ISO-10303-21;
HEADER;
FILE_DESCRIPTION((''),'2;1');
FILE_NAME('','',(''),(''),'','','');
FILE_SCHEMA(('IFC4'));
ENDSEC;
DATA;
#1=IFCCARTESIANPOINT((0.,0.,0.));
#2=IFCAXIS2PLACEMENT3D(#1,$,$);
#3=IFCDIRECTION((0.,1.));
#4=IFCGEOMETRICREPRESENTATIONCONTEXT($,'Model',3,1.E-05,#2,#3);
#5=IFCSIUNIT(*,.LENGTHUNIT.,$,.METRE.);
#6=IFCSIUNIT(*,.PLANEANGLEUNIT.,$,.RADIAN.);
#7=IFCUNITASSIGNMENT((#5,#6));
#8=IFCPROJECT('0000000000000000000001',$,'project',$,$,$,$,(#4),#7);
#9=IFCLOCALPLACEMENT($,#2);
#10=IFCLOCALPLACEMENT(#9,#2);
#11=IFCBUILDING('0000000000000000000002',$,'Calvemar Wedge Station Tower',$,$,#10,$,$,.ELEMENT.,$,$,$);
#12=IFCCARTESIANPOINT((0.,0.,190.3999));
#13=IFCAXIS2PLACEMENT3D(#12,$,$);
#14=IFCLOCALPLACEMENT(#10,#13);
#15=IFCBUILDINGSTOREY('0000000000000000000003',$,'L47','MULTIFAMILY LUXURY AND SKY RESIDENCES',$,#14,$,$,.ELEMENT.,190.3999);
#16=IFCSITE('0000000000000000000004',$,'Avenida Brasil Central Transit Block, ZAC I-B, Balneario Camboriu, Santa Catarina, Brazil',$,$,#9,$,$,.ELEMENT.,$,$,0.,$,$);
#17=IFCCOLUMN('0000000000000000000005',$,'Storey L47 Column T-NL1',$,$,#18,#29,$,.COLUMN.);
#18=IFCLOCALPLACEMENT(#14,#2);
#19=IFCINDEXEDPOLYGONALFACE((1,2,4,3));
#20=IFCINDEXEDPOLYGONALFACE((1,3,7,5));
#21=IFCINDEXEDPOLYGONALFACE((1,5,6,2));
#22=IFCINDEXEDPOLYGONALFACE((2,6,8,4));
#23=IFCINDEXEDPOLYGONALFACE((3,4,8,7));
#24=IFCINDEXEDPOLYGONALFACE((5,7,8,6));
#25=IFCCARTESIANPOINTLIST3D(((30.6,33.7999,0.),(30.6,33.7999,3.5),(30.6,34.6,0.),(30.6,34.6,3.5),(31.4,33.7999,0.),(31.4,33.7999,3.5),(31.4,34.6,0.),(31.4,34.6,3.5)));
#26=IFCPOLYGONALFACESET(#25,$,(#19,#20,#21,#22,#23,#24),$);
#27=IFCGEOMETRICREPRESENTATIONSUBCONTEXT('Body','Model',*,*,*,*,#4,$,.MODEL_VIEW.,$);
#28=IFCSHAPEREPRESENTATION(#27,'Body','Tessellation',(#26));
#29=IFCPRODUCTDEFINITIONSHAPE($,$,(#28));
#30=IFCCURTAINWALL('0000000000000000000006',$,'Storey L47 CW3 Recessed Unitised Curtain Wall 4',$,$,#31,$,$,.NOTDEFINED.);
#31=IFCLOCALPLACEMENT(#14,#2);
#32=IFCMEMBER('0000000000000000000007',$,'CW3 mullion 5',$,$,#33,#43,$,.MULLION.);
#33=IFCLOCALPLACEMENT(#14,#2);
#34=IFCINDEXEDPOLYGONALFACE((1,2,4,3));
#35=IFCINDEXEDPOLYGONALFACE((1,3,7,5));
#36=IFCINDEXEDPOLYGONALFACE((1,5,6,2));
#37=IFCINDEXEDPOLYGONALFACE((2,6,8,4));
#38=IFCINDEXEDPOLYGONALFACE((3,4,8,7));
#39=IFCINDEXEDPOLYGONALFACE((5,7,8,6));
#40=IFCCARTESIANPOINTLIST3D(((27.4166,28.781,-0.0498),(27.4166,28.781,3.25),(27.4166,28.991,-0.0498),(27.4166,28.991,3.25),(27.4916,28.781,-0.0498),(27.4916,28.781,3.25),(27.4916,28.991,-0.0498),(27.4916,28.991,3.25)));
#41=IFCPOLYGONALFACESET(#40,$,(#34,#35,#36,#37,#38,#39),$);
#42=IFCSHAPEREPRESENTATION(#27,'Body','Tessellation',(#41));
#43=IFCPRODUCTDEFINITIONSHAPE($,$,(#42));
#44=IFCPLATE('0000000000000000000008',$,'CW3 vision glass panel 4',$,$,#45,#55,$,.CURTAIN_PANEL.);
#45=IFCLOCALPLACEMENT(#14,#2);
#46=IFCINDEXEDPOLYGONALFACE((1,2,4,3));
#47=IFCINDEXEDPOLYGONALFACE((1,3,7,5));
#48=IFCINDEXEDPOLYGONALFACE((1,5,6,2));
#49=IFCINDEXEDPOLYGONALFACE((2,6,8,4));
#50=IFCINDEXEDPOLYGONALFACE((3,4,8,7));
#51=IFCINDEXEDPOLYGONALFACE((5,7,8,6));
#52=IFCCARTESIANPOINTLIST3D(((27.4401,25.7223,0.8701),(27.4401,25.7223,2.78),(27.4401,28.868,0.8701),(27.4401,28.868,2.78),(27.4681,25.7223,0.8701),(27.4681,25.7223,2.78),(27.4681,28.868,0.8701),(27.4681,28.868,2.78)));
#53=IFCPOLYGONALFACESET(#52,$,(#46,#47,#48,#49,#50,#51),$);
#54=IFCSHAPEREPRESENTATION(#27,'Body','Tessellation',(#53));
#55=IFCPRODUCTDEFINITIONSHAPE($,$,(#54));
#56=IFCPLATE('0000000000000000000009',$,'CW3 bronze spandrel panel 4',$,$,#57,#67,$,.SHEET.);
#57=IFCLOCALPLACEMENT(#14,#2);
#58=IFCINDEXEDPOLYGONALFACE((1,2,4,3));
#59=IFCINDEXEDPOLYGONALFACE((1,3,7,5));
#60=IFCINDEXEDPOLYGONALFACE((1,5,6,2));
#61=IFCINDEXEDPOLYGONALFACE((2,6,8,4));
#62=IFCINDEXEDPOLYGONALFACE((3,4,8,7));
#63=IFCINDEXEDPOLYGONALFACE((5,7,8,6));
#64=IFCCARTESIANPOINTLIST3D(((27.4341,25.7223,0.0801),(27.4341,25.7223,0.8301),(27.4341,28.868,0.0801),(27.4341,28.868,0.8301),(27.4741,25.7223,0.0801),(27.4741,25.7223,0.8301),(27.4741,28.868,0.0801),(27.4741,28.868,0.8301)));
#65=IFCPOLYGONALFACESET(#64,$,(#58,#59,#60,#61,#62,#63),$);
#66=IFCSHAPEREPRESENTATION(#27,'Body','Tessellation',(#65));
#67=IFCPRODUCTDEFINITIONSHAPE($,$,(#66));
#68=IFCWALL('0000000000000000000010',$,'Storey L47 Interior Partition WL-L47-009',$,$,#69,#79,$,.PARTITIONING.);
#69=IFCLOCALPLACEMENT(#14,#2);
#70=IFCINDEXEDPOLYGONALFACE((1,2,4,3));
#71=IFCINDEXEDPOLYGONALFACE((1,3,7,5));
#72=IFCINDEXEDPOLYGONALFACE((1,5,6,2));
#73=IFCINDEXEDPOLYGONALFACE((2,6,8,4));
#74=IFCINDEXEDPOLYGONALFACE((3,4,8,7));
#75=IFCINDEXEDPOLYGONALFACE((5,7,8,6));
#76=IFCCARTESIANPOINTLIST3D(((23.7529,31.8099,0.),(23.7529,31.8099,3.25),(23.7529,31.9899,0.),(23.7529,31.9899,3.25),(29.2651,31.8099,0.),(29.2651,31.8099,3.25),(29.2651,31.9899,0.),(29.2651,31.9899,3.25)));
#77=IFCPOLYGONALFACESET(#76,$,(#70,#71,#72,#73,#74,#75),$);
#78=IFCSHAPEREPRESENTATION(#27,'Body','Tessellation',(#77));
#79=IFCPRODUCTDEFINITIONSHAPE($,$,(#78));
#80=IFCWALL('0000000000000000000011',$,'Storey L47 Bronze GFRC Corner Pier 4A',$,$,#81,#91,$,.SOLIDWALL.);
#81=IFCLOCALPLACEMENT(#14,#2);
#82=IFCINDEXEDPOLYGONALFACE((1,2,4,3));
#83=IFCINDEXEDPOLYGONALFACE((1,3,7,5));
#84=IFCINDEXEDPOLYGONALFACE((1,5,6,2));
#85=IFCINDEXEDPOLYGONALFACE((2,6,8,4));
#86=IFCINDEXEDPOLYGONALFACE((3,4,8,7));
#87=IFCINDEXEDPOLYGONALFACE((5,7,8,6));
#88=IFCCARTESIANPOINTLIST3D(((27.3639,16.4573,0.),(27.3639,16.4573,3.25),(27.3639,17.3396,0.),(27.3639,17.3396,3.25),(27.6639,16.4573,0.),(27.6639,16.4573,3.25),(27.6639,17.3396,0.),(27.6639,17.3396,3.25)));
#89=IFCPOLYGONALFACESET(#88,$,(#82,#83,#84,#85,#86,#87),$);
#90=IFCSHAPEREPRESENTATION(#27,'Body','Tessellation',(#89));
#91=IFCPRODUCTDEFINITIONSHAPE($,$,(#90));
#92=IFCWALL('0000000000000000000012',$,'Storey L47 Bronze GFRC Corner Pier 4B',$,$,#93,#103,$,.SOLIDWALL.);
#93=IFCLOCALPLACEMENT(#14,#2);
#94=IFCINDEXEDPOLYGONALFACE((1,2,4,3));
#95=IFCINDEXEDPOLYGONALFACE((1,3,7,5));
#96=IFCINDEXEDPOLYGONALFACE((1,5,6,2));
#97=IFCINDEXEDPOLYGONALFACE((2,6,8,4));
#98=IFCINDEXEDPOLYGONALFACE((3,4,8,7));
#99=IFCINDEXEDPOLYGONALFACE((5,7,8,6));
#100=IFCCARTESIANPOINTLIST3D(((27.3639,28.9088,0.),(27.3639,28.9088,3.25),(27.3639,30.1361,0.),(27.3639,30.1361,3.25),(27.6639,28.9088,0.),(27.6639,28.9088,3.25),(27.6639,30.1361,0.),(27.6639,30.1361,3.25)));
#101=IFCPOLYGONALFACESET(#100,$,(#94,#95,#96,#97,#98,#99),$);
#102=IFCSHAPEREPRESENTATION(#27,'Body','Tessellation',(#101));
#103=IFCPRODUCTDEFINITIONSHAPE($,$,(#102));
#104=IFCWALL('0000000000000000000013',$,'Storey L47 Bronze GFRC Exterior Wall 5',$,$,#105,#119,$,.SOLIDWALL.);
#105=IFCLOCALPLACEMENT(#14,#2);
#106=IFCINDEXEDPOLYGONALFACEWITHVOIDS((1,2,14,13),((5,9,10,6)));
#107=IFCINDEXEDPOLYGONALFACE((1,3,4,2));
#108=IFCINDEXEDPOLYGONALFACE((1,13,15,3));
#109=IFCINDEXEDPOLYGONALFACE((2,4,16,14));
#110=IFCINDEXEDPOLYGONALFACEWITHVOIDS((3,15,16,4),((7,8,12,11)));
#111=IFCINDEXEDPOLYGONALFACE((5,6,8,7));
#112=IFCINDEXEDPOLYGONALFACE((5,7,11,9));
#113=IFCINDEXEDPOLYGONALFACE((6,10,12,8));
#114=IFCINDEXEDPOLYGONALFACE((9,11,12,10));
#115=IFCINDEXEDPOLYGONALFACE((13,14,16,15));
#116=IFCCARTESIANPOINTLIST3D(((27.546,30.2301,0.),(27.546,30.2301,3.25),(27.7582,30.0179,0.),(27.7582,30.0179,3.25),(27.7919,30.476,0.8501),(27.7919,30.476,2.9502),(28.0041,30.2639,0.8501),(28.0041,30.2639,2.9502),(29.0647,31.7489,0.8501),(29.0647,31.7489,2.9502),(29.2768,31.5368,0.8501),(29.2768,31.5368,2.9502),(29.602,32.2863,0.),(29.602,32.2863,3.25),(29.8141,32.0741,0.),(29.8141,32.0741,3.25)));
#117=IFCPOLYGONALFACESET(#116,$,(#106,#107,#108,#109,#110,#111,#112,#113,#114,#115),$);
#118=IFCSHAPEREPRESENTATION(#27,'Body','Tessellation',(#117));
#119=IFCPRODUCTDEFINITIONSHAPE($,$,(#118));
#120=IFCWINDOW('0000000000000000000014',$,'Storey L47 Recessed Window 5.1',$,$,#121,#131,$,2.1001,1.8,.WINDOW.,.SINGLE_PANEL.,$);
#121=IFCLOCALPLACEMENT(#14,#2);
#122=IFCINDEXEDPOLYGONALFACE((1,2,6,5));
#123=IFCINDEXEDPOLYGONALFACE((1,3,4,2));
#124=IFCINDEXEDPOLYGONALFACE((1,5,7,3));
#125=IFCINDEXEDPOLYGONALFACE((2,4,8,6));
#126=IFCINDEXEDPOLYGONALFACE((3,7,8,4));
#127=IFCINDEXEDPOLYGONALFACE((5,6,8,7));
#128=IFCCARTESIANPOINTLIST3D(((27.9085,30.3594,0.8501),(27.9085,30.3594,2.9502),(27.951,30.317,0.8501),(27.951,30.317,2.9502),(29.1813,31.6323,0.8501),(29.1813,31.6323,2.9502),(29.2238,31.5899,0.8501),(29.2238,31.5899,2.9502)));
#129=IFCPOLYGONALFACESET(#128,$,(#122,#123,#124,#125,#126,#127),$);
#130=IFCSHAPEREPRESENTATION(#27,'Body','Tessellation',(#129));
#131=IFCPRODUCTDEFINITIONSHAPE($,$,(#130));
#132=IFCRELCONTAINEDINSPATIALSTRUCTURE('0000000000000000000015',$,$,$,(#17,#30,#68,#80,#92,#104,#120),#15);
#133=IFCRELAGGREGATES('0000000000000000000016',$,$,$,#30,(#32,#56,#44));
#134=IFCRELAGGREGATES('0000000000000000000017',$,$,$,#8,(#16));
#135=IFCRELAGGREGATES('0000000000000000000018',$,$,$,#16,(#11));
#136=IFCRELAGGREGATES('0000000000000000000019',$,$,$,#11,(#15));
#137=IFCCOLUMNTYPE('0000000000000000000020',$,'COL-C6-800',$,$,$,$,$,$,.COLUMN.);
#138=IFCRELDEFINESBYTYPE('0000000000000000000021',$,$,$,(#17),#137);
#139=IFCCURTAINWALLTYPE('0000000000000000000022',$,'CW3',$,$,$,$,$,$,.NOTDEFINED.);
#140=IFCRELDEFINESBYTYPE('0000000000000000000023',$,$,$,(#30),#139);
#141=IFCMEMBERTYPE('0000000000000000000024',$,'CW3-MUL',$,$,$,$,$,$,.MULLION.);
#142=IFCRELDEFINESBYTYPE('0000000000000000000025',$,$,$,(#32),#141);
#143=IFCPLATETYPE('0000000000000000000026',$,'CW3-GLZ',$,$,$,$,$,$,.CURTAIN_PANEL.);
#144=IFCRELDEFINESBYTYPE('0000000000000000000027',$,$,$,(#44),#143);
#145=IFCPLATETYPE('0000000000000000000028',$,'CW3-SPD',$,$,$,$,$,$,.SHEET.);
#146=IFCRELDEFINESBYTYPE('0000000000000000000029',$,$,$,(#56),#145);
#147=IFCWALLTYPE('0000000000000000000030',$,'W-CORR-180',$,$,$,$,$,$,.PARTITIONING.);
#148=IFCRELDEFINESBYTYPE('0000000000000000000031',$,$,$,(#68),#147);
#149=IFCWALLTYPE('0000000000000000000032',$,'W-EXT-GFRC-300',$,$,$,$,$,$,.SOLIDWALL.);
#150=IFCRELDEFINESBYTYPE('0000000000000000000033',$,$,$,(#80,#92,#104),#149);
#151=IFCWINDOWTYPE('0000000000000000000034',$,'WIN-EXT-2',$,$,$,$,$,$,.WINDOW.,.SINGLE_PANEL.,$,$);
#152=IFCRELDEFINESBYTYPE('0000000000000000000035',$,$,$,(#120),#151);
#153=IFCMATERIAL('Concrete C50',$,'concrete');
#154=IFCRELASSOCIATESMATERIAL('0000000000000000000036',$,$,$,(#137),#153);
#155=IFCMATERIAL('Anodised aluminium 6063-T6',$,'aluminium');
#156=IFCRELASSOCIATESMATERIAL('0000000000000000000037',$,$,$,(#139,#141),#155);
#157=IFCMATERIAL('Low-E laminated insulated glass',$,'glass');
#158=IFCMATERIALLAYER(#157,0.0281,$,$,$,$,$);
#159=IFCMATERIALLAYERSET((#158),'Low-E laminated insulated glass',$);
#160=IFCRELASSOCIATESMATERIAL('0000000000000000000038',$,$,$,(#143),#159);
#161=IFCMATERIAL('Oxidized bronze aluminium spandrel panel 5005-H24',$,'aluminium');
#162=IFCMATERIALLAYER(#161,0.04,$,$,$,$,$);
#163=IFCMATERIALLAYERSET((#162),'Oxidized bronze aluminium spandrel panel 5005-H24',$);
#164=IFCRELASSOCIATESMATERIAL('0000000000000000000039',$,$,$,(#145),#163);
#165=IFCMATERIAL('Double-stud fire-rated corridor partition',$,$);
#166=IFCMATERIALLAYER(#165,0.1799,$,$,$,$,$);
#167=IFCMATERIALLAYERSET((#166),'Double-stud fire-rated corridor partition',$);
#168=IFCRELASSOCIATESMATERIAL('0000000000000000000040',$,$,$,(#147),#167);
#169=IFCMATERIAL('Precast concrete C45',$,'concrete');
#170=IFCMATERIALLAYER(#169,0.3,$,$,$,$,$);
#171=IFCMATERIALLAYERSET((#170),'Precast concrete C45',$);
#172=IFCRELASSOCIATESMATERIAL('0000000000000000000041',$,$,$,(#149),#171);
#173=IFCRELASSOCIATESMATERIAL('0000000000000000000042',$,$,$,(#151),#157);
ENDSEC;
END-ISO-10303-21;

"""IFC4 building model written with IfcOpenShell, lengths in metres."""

from ifc_helpers import new_model, si_unit, direction, frame, frame_2d, origin, origin_2d, place, context, subcontext, project, spatial, rectangle, extrude, source, transform, mapped, material, layer, layer_set, material_profile, profile_set, type_object, element, fill, aggregate, save


model = new_model("IFC4")

# Units and contexts
model_context = context("Model", 3, precision=1e-05, world=origin(), true_north=direction((0.0, 1.0)))
body_context = subcontext(model_context, "Body", "Model", "MODEL_VIEW")
ifc_project = project(units=[si_unit("LENGTHUNIT", "METRE"), si_unit("PLANEANGLEUNIT", "RADIAN")], contexts=[model_context])

# Site, building, storey
site_placement = place(None, origin())
site = spatial("IfcSite", under=ifc_project, at=site_placement, Name="Avenida Brasil Central Transit Block, ZAC I-B, Balneario Camboriu, Santa Catarina, Brazil", CompositionType="ELEMENT", RefElevation=0.0)
building_placement = place(site_placement, origin())
building = spatial("IfcBuilding", under=site, at=building_placement, Name="Calvemar Wedge Station Tower", CompositionType="ELEMENT")
storey_placement = place(building_placement, frame((0.0, 0.0, 190.3999)))
storey = spatial("IfcBuildingStorey", under=building, at=storey_placement, Name="L47", Description="MULTIFAMILY LUXURY AND SKY RESIDENCES", CompositionType="ELEMENT", Elevation=190.3999)

# Column
ifc_material_1 = material(Name="Concrete C50", Category="concrete")
ifc_material_profile_1 = material_profile(ifc_material_1, rectangle(XDim=0.8, YDim=0.8, at=origin_2d()), Name="RC800x800")
ifc_profile_set_1 = profile_set([ifc_material_profile_1], Name="Concrete C50")
column_type = type_object("IfcColumnType", Name="COL-C6-800", PredefinedType="COLUMN", material=ifc_profile_set_1)
shared_shape_1 = source(origin(), body_context, "Body", "SweptSolid", [
    extrude(rectangle(XDim=0.8, YDim=0.8, at=origin_2d()), origin(), (0.0, 0.0, 1.0), 3.5),
])
column_placement = place(storey_placement, frame((31.0, 34.2, 0.0), z_axis=(0.0, 0.0, 1.0), x_axis=(1.0, 0.0, 0.0)))
element("IfcColumn", 1, at=column_placement, inside=storey, type_object=column_type, Name="Storey L47 Column T-NL1", PredefinedType="COLUMN", context=body_context, shape_type="MappedRepresentation", body=[
    mapped(shared_shape_1, transform((0.0, 0.0, 0.0), scale=1.0)),
])

# Curtain wall, member, plates
ifc_material_2 = material(Name="Anodised aluminium 6063-T6", Category="aluminium")
curtain_wall_type = type_object("IfcCurtainWallType", Name="CW3", PredefinedType="NOTDEFINED", material=ifc_material_2)
curtain_wall_placement = place(storey_placement, origin())
curtain_wall = element("IfcCurtainWall", 2, at=curtain_wall_placement, inside=storey, type_object=curtain_wall_type, Name="Storey L47 CW3 Recessed Unitised Curtain Wall 4", PredefinedType="NOTDEFINED")
ifc_material_profile_2 = material_profile(ifc_material_2, rectangle(XDim=0.075, YDim=0.21, at=origin_2d()), Name="AL-MUL-75x210")
ifc_profile_set_2 = profile_set([ifc_material_profile_2], Name="Anodised aluminium 6063-T6")
member_type = type_object("IfcMemberType", Name="CW3-MUL", PredefinedType="MULLION", material=ifc_profile_set_2)
shared_shape_2 = source(origin(), body_context, "Body", "SweptSolid", [
    extrude(rectangle(XDim=0.075, YDim=0.21, at=origin_2d()), origin(), (0.0, 0.0, 1.0), 3.2998),
])
member_placement = place(storey_placement, frame((27.4541, 28.886, -0.0498), z_axis=(0.0, 0.0, 1.0), x_axis=(1.0, 0.0, 0.0)))
member = element("IfcMember", 3, at=member_placement, type_object=member_type, Name="CW3 mullion 5", PredefinedType="MULLION", context=body_context, shape_type="MappedRepresentation", body=[
    mapped(shared_shape_2, transform((0.0, 0.0, 0.0), scale=1.0)),
])
ifc_material_3 = material(Name="Low-E laminated insulated glass", Category="glass")
ifc_layer_1 = layer(ifc_material_3, 0.0281)
ifc_layer_set_1 = layer_set([ifc_layer_1], Name="Low-E laminated insulated glass")
plate_type_1 = type_object("IfcPlateType", Name="CW3-GLZ", PredefinedType="CURTAIN_PANEL", material=ifc_layer_set_1)
plate_1_placement = place(storey_placement, frame((27.4541, 25.7224, 0.8701), z_axis=(0.0, 0.0, 1.0), x_axis=(0.0, 1.0, 0.0)))
plate_1 = element("IfcPlate", 4, at=plate_1_placement, type_object=plate_type_1, Name="CW3 vision glass panel 4", PredefinedType="CURTAIN_PANEL", context=body_context, shape_type="SweptSolid", body=[
    extrude(rectangle(XDim=3.1458, YDim=0.0281, at=frame_2d((1.5728, 0.0))), origin(), (0.0, 0.0, 1.0), 1.9099),
])
ifc_material_4 = material(Name="Oxidized bronze aluminium spandrel panel 5005-H24", Category="aluminium")
ifc_layer_2 = layer(ifc_material_4, 0.04)
ifc_layer_set_2 = layer_set([ifc_layer_2], Name="Oxidized bronze aluminium spandrel panel 5005-H24")
plate_type_2 = type_object("IfcPlateType", Name="CW3-SPD", PredefinedType="SHEET", material=ifc_layer_set_2)
plate_2_placement = place(storey_placement, frame((27.4541, 25.7224, 0.0801), z_axis=(0.0, 0.0, 1.0), x_axis=(0.0, 1.0, 0.0)))
plate_2 = element("IfcPlate", 5, at=plate_2_placement, type_object=plate_type_2, Name="CW3 bronze spandrel panel 4", PredefinedType="SHEET", context=body_context, shape_type="SweptSolid", body=[
    extrude(rectangle(XDim=3.1458, YDim=0.04, at=frame_2d((1.5728, 0.0))), origin(), (0.0, 0.0, 1.0), 0.75),
])
aggregate(curtain_wall, [member, plate_2, plate_1])

# Walls
ifc_material_5 = material(Name="Double-stud fire-rated corridor partition")
ifc_layer_3 = layer(ifc_material_5, 0.1799)
ifc_layer_set_3 = layer_set([ifc_layer_3], Name="Double-stud fire-rated corridor partition")
wall_type_1 = type_object("IfcWallType", Name="W-CORR-180", PredefinedType="PARTITIONING", material=ifc_layer_set_3)
wall_1_placement = place(storey_placement, frame((29.2651, 31.8999, 0.0), z_axis=(0.0, 0.0, 1.0), x_axis=(-1.0, 0.0, 0.0)))
element("IfcWall", 6, at=wall_1_placement, inside=storey, type_object=wall_type_1, Name="Storey L47 Interior Partition WL-L47-009", PredefinedType="PARTITIONING", context=body_context, shape_type="SweptSolid", body=[
    extrude(rectangle(XDim=5.5122, YDim=0.1799, at=frame_2d((2.7561, 0.0))), origin(), (0.0, 0.0, 1.0), 3.25),
])
ifc_material_6 = material(Name="Precast concrete C45", Category="concrete")
ifc_layer_4 = layer(ifc_material_6, 0.3)
ifc_layer_set_4 = layer_set([ifc_layer_4], Name="Precast concrete C45")
wall_type_2 = type_object("IfcWallType", Name="W-EXT-GFRC-300", PredefinedType="SOLIDWALL", material=ifc_layer_set_4)
wall_2_placement = place(storey_placement, frame((27.5139, 16.4573, 0.0), z_axis=(0.0, 0.0, 1.0), x_axis=(0.0, 1.0, 0.0)))
element("IfcWall", 7, at=wall_2_placement, inside=storey, type_object=wall_type_2, Name="Storey L47 Bronze GFRC Corner Pier 4A", PredefinedType="SOLIDWALL", context=body_context, shape_type="SweptSolid", body=[
    extrude(rectangle(XDim=0.8823, YDim=0.3, at=frame_2d((0.4412, 0.0))), origin(), (0.0, 0.0, 1.0), 3.25),
])
wall_3_placement = place(storey_placement, frame((27.5139, 28.9087, 0.0), z_axis=(0.0, 0.0, 1.0), x_axis=(0.0, 1.0, 0.0)))
element("IfcWall", 8, at=wall_3_placement, inside=storey, type_object=wall_type_2, Name="Storey L47 Bronze GFRC Corner Pier 4B", PredefinedType="SOLIDWALL", context=body_context, shape_type="SweptSolid", body=[
    extrude(rectangle(XDim=1.2273, YDim=0.3, at=frame_2d((0.6138, 0.0))), origin(), (0.0, 0.0, 1.0), 3.25),
])

# Wall, opening, window
wall_4_placement = place(storey_placement, frame((27.6521, 30.124, 0.0), z_axis=(0.0, 0.0, 1.0), x_axis=(0.707065, 0.707149, 0.0)))
wall_4 = element("IfcWall", 9, at=wall_4_placement, inside=storey, type_object=wall_type_2, Name="Storey L47 Bronze GFRC Exterior Wall 5", PredefinedType="SOLIDWALL", context=body_context, shape_type="SweptSolid", body=[
    extrude(rectangle(XDim=2.9077, YDim=0.3, at=frame_2d((1.4539, 0.0))), origin(), (0.0, 0.0, 1.0), 3.25),
])
shared_shape_3 = source(origin(), body_context, "Body", "SweptSolid", [
    extrude(rectangle(XDim=1.8, YDim=2.1001, at=frame_2d((0.8999, 1.05))), frame((0.0, 0.1602, 0.0), z_axis=(0.0, -1.0, 0.0), x_axis=(1.0, 0.0, 0.0)), (0.0, 0.0, 1.0), 0.3201),
])
opening_1_placement = place(wall_4_placement, frame((0.3479, 0.0, 0.8501)))
opening_1 = element("IfcOpeningElement", 10, at=opening_1_placement, cuts=wall_4, PredefinedType="OPENING", context=body_context, shape_type="MappedRepresentation", body=[
    mapped(shared_shape_3, transform((0.0, 0.0, 0.0), scale=1.0)),
])
window_type_1 = type_object("IfcWindowType", Name="WIN-EXT-2", PartitioningType="SINGLE_PANEL", PredefinedType="WINDOW", material=ifc_material_3)
shared_shape_4 = source(origin(), body_context, "Body", "SweptSolid", [
    extrude(rectangle(XDim=1.8, YDim=2.1001, at=frame_2d((0.8999, 1.05))), frame((0.0, -0.0149, 0.0), z_axis=(0.0, -1.0, 0.0), x_axis=(1.0, 0.0, 0.0)), (0.0, 0.0, 1.0), 0.0601),
])
window_1_placement = place(opening_1_placement, origin())
window_1 = element("IfcWindow", 11, at=window_1_placement, inside=storey, type_object=window_type_1, Name="Storey L47 Recessed Window 5.1", OverallHeight=2.1001, OverallWidth=1.8, PartitioningType="SINGLE_PANEL", PredefinedType="WINDOW", context=body_context, shape_type="MappedRepresentation", body=[
    mapped(shared_shape_4, transform((0.0, 0.0, 0.0), scale=1.0)),
])
fill(opening_1, window_1)

save(model, "model.ifc")
